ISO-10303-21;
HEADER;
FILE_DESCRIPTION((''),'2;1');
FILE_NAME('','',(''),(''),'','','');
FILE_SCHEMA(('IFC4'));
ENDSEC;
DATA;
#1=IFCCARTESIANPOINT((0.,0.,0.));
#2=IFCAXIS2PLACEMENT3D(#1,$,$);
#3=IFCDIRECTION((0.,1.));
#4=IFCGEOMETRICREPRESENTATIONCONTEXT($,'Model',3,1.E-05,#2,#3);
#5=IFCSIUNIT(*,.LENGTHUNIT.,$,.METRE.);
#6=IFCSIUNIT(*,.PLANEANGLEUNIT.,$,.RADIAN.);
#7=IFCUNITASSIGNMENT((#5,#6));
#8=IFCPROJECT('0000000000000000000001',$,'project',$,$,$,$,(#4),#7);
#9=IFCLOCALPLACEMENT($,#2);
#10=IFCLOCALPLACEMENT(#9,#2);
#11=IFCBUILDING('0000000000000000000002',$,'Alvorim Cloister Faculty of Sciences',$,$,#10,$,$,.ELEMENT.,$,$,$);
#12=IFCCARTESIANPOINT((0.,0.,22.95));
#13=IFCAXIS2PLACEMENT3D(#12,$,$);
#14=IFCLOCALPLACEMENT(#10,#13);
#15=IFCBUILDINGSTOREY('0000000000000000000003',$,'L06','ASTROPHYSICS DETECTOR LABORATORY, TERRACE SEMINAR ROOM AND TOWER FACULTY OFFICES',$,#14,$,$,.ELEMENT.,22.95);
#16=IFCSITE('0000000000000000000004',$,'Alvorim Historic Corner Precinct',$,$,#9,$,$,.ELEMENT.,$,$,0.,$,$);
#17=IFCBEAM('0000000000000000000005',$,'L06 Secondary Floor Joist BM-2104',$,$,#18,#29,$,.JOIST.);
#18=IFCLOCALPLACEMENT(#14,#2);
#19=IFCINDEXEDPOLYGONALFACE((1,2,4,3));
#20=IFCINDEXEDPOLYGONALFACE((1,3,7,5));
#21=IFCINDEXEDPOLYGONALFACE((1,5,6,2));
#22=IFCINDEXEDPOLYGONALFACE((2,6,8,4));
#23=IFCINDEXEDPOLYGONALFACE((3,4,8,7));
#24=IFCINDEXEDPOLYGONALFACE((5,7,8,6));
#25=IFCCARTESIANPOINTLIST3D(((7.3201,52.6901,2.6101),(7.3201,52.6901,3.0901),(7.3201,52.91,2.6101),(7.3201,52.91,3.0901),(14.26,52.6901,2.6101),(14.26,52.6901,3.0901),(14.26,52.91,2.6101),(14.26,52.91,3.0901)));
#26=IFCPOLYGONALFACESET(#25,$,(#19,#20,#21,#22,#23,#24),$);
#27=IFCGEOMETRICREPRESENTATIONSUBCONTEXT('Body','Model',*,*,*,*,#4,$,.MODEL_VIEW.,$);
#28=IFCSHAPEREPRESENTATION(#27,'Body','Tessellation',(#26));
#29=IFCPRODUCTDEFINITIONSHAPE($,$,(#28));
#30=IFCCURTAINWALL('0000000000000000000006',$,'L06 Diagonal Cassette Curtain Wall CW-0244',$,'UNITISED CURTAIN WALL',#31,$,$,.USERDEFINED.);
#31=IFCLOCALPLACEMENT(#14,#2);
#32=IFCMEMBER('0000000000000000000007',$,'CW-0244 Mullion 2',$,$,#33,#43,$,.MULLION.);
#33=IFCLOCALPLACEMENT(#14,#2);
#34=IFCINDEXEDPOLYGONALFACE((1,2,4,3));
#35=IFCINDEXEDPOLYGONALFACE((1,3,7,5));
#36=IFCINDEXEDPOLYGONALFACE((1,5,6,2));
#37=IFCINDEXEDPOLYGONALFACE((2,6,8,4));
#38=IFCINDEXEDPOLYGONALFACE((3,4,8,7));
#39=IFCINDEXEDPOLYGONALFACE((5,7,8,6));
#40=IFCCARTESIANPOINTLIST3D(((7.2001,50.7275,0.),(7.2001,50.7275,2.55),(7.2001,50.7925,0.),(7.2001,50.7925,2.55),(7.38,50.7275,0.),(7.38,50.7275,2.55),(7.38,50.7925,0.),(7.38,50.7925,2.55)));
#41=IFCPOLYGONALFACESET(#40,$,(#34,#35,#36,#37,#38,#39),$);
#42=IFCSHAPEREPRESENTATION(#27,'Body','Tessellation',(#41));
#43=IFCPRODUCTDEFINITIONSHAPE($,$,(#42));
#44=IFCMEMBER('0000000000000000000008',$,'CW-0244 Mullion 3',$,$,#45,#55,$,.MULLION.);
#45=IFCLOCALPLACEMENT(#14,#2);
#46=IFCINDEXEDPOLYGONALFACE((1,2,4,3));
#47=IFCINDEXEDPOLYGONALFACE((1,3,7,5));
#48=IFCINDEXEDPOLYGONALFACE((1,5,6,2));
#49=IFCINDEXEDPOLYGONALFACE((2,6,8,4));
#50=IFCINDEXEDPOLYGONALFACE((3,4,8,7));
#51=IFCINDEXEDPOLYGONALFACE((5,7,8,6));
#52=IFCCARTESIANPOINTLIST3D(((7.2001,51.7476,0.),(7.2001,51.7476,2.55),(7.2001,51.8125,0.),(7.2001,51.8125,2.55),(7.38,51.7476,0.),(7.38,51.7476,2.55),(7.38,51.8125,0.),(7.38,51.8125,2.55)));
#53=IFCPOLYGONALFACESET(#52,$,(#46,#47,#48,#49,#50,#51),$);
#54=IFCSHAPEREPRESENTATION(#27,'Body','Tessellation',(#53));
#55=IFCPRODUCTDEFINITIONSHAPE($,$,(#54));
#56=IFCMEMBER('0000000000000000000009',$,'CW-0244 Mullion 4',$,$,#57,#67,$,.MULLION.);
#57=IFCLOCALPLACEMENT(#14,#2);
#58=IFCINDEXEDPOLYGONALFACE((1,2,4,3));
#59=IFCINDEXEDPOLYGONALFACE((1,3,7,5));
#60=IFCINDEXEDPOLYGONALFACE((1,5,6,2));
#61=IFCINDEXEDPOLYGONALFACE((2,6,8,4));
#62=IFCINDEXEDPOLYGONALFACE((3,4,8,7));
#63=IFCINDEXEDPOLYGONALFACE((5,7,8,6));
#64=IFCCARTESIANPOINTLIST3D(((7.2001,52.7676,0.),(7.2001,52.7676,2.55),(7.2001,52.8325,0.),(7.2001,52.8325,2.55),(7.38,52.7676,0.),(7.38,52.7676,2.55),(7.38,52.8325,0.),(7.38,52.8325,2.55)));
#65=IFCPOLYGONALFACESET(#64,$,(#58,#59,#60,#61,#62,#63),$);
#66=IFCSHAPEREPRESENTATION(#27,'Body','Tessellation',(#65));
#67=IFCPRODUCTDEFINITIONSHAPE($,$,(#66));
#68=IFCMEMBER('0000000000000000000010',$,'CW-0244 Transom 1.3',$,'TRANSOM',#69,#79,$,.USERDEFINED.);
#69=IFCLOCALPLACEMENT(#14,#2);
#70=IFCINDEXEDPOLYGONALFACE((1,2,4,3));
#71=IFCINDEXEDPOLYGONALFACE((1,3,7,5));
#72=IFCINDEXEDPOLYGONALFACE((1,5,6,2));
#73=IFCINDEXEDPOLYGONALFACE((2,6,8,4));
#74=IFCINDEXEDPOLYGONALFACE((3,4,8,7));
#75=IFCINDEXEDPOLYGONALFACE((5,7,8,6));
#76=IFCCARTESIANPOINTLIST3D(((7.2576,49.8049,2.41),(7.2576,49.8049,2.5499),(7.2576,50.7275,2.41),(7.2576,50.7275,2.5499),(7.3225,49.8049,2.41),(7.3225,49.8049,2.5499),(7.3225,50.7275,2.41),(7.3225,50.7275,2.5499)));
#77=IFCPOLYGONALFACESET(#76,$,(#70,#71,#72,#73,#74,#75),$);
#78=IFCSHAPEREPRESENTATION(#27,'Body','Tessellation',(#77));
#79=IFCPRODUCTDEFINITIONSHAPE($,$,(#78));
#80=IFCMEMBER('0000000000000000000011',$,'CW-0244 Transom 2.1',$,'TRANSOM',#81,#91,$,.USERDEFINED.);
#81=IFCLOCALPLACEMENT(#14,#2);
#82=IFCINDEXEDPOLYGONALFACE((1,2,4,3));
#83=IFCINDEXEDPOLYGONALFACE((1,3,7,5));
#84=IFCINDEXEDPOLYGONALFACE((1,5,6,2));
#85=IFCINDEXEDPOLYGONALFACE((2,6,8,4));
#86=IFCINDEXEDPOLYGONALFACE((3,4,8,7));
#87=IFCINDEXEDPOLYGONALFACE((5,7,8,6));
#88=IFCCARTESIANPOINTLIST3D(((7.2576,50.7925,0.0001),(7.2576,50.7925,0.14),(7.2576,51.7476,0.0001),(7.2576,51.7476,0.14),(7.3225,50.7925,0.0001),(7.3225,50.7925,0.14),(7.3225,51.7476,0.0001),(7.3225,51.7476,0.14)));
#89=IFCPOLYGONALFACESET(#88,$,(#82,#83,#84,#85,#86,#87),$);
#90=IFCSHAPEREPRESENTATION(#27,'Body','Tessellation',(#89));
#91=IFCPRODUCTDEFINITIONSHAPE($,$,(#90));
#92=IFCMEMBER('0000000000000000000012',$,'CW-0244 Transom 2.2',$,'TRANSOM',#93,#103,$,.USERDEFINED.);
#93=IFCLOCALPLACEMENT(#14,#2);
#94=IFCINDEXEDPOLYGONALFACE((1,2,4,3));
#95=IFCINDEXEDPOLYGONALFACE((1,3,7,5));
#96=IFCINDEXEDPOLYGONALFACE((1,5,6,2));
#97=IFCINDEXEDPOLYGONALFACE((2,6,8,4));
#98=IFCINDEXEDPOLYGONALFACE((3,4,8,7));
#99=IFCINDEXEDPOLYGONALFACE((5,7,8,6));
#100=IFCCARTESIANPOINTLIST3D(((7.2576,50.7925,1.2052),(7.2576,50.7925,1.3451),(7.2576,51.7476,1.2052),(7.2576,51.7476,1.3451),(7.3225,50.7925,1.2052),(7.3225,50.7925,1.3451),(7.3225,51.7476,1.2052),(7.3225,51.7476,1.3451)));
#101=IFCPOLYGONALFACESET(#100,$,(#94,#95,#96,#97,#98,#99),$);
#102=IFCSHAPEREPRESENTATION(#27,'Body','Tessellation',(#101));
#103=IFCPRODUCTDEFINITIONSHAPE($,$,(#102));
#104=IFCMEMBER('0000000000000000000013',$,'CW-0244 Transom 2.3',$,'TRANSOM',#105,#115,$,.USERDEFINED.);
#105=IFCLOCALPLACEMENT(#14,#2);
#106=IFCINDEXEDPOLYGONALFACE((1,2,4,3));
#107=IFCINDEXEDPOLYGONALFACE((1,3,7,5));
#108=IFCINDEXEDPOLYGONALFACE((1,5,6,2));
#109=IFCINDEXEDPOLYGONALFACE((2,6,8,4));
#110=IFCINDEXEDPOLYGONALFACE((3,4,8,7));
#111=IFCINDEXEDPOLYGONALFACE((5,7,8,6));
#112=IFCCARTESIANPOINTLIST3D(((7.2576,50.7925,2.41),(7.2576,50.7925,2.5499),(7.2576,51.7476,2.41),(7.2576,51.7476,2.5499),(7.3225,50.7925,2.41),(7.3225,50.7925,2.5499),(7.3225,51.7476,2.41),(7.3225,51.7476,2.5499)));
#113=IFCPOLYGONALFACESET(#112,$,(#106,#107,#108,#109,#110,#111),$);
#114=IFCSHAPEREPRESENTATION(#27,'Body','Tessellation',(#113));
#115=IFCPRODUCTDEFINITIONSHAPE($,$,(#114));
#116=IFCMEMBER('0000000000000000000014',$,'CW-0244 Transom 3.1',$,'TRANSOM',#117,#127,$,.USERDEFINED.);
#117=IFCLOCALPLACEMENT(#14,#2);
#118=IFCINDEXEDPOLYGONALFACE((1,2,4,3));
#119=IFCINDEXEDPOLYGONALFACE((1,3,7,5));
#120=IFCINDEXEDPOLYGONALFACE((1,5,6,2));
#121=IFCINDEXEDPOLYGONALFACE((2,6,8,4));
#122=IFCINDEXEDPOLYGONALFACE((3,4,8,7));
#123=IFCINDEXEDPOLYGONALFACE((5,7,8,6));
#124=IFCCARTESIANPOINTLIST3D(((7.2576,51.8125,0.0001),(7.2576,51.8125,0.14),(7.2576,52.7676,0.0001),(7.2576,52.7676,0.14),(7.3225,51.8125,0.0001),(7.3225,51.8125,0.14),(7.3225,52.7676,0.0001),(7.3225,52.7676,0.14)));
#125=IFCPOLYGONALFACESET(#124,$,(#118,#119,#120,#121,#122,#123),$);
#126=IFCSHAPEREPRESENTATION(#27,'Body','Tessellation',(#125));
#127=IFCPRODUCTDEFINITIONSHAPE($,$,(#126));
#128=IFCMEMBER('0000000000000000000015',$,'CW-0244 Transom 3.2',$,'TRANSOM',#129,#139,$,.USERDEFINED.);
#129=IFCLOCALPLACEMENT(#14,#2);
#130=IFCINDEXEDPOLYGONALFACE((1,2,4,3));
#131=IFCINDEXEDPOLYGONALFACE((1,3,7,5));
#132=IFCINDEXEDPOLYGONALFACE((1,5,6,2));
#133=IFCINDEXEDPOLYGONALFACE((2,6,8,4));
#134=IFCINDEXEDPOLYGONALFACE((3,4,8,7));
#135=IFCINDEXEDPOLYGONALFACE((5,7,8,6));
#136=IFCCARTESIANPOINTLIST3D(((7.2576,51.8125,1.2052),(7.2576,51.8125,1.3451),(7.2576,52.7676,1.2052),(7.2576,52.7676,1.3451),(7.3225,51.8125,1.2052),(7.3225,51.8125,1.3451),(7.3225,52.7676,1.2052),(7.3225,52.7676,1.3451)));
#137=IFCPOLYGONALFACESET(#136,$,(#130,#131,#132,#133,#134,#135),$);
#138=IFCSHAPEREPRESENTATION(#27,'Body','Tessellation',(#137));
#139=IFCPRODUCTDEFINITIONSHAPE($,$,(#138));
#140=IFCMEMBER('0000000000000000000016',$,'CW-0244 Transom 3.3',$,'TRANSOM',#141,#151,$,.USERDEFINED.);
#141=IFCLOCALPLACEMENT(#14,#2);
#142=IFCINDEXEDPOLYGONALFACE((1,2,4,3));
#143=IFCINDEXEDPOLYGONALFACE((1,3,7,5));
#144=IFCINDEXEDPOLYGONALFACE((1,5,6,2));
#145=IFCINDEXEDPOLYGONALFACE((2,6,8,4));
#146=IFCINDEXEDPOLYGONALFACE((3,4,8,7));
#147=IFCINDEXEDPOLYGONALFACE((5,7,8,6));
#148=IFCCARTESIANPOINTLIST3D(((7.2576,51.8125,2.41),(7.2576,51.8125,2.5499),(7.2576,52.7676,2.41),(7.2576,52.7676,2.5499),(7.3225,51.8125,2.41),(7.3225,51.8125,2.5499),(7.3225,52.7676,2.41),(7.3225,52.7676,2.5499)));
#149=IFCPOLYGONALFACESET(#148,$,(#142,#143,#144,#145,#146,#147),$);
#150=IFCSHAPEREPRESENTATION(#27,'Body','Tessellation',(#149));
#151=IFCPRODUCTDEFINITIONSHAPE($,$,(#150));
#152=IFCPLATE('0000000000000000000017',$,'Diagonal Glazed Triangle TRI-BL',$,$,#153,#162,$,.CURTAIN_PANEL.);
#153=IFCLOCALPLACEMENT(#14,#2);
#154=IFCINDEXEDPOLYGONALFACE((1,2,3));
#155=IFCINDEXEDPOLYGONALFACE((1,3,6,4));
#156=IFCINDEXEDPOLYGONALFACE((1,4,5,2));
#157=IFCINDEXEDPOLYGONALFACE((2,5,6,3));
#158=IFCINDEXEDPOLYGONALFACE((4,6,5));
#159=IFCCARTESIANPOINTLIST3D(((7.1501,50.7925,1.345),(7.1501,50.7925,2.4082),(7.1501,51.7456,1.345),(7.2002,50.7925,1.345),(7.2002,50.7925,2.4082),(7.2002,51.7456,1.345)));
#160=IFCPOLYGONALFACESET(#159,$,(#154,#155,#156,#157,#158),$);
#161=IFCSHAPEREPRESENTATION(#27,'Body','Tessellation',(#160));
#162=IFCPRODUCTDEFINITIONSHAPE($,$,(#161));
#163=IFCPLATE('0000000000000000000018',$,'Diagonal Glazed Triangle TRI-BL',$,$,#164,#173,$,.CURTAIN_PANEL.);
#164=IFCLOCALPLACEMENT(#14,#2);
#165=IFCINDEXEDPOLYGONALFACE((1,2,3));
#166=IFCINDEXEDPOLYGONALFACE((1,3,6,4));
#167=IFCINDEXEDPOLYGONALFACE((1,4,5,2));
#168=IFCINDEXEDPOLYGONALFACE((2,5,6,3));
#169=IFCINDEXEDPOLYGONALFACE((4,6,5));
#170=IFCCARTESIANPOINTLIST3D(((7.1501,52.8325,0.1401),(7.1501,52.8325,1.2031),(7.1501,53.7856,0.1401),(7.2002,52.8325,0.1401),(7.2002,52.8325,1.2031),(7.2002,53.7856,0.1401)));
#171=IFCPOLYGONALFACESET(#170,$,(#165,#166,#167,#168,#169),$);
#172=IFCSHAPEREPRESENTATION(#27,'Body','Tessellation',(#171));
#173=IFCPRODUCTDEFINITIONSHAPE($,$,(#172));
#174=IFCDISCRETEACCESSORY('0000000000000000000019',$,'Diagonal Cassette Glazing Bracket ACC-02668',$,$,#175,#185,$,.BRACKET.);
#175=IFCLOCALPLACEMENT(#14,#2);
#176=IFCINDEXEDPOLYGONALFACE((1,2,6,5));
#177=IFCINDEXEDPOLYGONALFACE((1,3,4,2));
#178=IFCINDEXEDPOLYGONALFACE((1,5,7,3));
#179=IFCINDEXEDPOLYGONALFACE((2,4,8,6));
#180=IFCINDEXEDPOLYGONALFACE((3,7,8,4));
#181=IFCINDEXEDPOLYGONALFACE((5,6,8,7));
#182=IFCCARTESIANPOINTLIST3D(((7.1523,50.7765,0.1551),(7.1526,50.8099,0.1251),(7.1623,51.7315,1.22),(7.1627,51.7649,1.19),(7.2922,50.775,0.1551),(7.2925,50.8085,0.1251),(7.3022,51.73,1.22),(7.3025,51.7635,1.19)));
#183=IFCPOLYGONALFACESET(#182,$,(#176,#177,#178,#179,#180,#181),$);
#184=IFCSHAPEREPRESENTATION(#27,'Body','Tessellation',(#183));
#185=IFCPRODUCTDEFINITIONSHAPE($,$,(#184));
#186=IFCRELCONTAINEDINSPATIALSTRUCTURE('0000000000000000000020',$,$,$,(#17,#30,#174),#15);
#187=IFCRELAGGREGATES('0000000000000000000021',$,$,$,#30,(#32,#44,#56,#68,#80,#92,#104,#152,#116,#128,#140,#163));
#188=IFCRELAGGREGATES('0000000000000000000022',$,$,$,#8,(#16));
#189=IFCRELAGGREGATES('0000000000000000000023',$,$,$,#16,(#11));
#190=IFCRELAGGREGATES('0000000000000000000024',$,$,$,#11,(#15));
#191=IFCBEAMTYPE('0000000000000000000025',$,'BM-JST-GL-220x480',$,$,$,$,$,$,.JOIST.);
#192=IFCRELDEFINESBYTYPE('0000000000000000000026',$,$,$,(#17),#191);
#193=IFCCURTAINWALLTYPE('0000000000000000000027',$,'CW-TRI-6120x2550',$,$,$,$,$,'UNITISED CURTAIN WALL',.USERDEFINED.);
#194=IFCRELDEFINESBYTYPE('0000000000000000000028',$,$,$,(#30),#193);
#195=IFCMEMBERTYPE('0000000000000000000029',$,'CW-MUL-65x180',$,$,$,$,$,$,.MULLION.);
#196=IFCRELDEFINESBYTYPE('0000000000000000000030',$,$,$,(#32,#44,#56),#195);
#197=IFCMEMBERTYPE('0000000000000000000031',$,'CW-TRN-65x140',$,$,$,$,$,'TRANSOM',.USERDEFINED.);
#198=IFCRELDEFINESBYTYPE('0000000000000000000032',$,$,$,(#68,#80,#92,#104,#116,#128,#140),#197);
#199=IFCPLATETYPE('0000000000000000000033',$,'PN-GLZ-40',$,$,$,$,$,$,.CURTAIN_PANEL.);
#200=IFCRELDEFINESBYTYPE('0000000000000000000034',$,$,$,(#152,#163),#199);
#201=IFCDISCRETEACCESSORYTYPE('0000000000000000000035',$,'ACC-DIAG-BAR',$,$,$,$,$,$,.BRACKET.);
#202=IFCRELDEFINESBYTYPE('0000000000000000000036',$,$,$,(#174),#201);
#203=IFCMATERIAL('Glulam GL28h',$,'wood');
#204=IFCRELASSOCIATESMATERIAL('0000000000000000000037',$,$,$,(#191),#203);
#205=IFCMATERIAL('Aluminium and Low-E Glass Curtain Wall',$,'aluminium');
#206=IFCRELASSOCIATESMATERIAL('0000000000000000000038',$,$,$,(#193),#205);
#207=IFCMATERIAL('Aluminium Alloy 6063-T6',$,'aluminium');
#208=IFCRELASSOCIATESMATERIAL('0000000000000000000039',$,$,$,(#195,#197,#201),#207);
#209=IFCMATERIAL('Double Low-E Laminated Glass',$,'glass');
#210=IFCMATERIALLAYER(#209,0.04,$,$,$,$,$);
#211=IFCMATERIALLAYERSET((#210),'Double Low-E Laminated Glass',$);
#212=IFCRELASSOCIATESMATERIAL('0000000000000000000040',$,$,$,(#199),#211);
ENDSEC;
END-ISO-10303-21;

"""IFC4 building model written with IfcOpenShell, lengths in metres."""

from ifc_helpers import new_model, si_unit, direction, frame, origin, origin_2d, place, context, subcontext, project, spatial, polyline, rectangle, outline, extrude, material, layer, layer_set, material_profile, profile_set, type_object, element, aggregate, save


model = new_model("IFC4")

# Units and contexts
model_context = context("Model", 3, precision=1e-05, world=origin(), true_north=direction((0.0, 1.0)))
body_context = subcontext(model_context, "Body", "Model", "MODEL_VIEW")
ifc_project = project(units=[si_unit("LENGTHUNIT", "METRE"), si_unit("PLANEANGLEUNIT", "RADIAN")], contexts=[model_context])

# Site, building, storey
site_placement = place(None, origin())
site = spatial("IfcSite", under=ifc_project, at=site_placement, Name="Alvorim Historic Corner Precinct", CompositionType="ELEMENT", RefElevation=0.0)
building_placement = place(site_placement, origin())
building = spatial("IfcBuilding", under=site, at=building_placement, Name="Alvorim Cloister Faculty of Sciences", CompositionType="ELEMENT")
storey_placement = place(building_placement, frame((0.0, 0.0, 22.95)))
storey = spatial("IfcBuildingStorey", under=building, at=storey_placement, Name="L06", Description="ASTROPHYSICS DETECTOR LABORATORY, TERRACE SEMINAR ROOM AND TOWER FACULTY OFFICES", CompositionType="ELEMENT", Elevation=22.95)

# Beam
ifc_material_1 = material(Name="Glulam GL28h", Category="wood")
ifc_material_profile_1 = material_profile(ifc_material_1, rectangle(XDim=0.22, YDim=0.48, at=origin_2d()), Name="GL28-JST-220x480")
ifc_profile_set_1 = profile_set([ifc_material_profile_1], Name="Glulam GL28h")
beam_type = type_object("IfcBeamType", Name="BM-JST-GL-220x480", PredefinedType="JOIST", material=ifc_profile_set_1)
beam_placement = place(storey_placement, frame((7.3201, 52.8, 2.8501), z_axis=(1.0, 0.0, 0.0), x_axis=(0.0, 1.0, 0.0)))
element("IfcBeam", 1, at=beam_placement, inside=storey, type_object=beam_type, Name="L06 Secondary Floor Joist BM-2104", PredefinedType="JOIST", context=body_context, shape_type="SweptSolid", body=[
    extrude(rectangle(XDim=0.22, YDim=0.48, at=origin_2d()), origin(), (0.0, 0.0, 1.0), 6.9399),
])

# Curtain wall, members, plates
ifc_material_2 = material(Name="Aluminium and Low-E Glass Curtain Wall", Category="aluminium")
curtain_wall_type = type_object("IfcCurtainWallType", Name="CW-TRI-6120x2550", ElementType="UNITISED CURTAIN WALL", PredefinedType="USERDEFINED", material=ifc_material_2)
curtain_wall_placement = place(storey_placement, origin())
curtain_wall = element("IfcCurtainWall", 2, at=curtain_wall_placement, inside=storey, type_object=curtain_wall_type, Name="L06 Diagonal Cassette Curtain Wall CW-0244", ObjectType="UNITISED CURTAIN WALL", PredefinedType="USERDEFINED")
ifc_material_3 = material(Name="Aluminium Alloy 6063-T6", Category="aluminium")
ifc_material_profile_2 = material_profile(ifc_material_3, rectangle(XDim=0.0649, YDim=0.1799, at=origin_2d()), Name="ALU-MUL-65x180")
ifc_profile_set_2 = profile_set([ifc_material_profile_2], Name="Aluminium Alloy 6063-T6")
member_type_1 = type_object("IfcMemberType", Name="CW-MUL-65x180", PredefinedType="MULLION", material=ifc_profile_set_2)
member_1_placement = place(storey_placement, frame((7.29, 50.76, 0.0), z_axis=(0.0, 0.0, 1.0), x_axis=(0.0, 1.0, 0.0)))
member_1 = element("IfcMember", 3, at=member_1_placement, type_object=member_type_1, Name="CW-0244 Mullion 2", PredefinedType="MULLION", context=body_context, shape_type="SweptSolid", body=[
    extrude(rectangle(XDim=0.0649, YDim=0.1799, at=origin_2d()), origin(), (0.0, 0.0, 1.0), 2.55),
])
member_2_placement = place(storey_placement, frame((7.29, 51.78, 0.0), z_axis=(0.0, 0.0, 1.0), x_axis=(0.0, 1.0, 0.0)))
member_2 = element("IfcMember", 4, at=member_2_placement, type_object=member_type_1, Name="CW-0244 Mullion 3", PredefinedType="MULLION", context=body_context, shape_type="SweptSolid", body=[
    extrude(rectangle(XDim=0.0649, YDim=0.1799, at=origin_2d()), origin(), (0.0, 0.0, 1.0), 2.55),
])
member_3_placement = place(storey_placement, frame((7.29, 52.8, 0.0), z_axis=(0.0, 0.0, 1.0), x_axis=(0.0, 1.0, 0.0)))
member_3 = element("IfcMember", 5, at=member_3_placement, type_object=member_type_1, Name="CW-0244 Mullion 4", PredefinedType="MULLION", context=body_context, shape_type="SweptSolid", body=[
    extrude(rectangle(XDim=0.0649, YDim=0.1799, at=origin_2d()), origin(), (0.0, 0.0, 1.0), 2.55),
])
ifc_material_profile_3 = material_profile(ifc_material_3, rectangle(XDim=0.0649, YDim=0.1399, at=origin_2d()), Name="ALU-TRN-65x140")
ifc_profile_set_3 = profile_set([ifc_material_profile_3], Name="Aluminium Alloy 6063-T6")
member_type_2 = type_object("IfcMemberType", Name="CW-TRN-65x140", ElementType="TRANSOM", PredefinedType="USERDEFINED", material=ifc_profile_set_3)
member_4_placement = place(storey_placement, frame((7.29, 49.8049, 2.48), z_axis=(0.0, 1.0, 0.0), x_axis=(-1.0, 0.0, 0.0)))
member_4 = element("IfcMember", 6, at=member_4_placement, type_object=member_type_2, Name="CW-0244 Transom 1.3", ObjectType="TRANSOM", PredefinedType="USERDEFINED", context=body_context, shape_type="SweptSolid", body=[
    extrude(rectangle(XDim=0.0649, YDim=0.1399, at=origin_2d()), origin(), (0.0, 0.0, 1.0), 0.9226),
])
member_5_placement = place(storey_placement, frame((7.29, 50.7925, 0.0701), z_axis=(0.0, 1.0, 0.0), x_axis=(-1.0, 0.0, 0.0)))
member_5 = element("IfcMember", 7, at=member_5_placement, type_object=member_type_2, Name="CW-0244 Transom 2.1", ObjectType="TRANSOM", PredefinedType="USERDEFINED", context=body_context, shape_type="SweptSolid", body=[
    extrude(rectangle(XDim=0.0649, YDim=0.1399, at=origin_2d()), origin(), (0.0, 0.0, 1.0), 0.9551),
])
member_6_placement = place(storey_placement, frame((7.29, 50.7925, 1.2751), z_axis=(0.0, 1.0, 0.0), x_axis=(-1.0, 0.0, 0.0)))
member_6 = element("IfcMember", 8, at=member_6_placement, type_object=member_type_2, Name="CW-0244 Transom 2.2", ObjectType="TRANSOM", PredefinedType="USERDEFINED", context=body_context, shape_type="SweptSolid", body=[
    extrude(rectangle(XDim=0.0649, YDim=0.1399, at=origin_2d()), origin(), (0.0, 0.0, 1.0), 0.9551),
])
member_7_placement = place(storey_placement, frame((7.29, 50.7925, 2.48), z_axis=(0.0, 1.0, 0.0), x_axis=(-1.0, 0.0, 0.0)))
member_7 = element("IfcMember", 9, at=member_7_placement, type_object=member_type_2, Name="CW-0244 Transom 2.3", ObjectType="TRANSOM", PredefinedType="USERDEFINED", context=body_context, shape_type="SweptSolid", body=[
    extrude(rectangle(XDim=0.0649, YDim=0.1399, at=origin_2d()), origin(), (0.0, 0.0, 1.0), 0.9551),
])
member_8_placement = place(storey_placement, frame((7.29, 51.8125, 0.0701), z_axis=(0.0, 1.0, 0.0), x_axis=(-1.0, 0.0, 0.0)))
member_8 = element("IfcMember", 10, at=member_8_placement, type_object=member_type_2, Name="CW-0244 Transom 3.1", ObjectType="TRANSOM", PredefinedType="USERDEFINED", context=body_context, shape_type="SweptSolid", body=[
    extrude(rectangle(XDim=0.0649, YDim=0.1399, at=origin_2d()), origin(), (0.0, 0.0, 1.0), 0.9551),
])
member_9_placement = place(storey_placement, frame((7.29, 51.8125, 1.2751), z_axis=(0.0, 1.0, 0.0), x_axis=(-1.0, 0.0, 0.0)))
member_9 = element("IfcMember", 11, at=member_9_placement, type_object=member_type_2, Name="CW-0244 Transom 3.2", ObjectType="TRANSOM", PredefinedType="USERDEFINED", context=body_context, shape_type="SweptSolid", body=[
    extrude(rectangle(XDim=0.0649, YDim=0.1399, at=origin_2d()), origin(), (0.0, 0.0, 1.0), 0.9551),
])
member_10_placement = place(storey_placement, frame((7.29, 51.8125, 2.48), z_axis=(0.0, 1.0, 0.0), x_axis=(-1.0, 0.0, 0.0)))
member_10 = element("IfcMember", 12, at=member_10_placement, type_object=member_type_2, Name="CW-0244 Transom 3.3", ObjectType="TRANSOM", PredefinedType="USERDEFINED", context=body_context, shape_type="SweptSolid", body=[
    extrude(rectangle(XDim=0.0649, YDim=0.1399, at=origin_2d()), origin(), (0.0, 0.0, 1.0), 0.9551),
])
ifc_material_4 = material(Name="Double Low-E Laminated Glass", Category="glass")
ifc_layer = layer(ifc_material_4, 0.04)
ifc_layer_set = layer_set([ifc_layer], Name="Double Low-E Laminated Glass")
plate_type = type_object("IfcPlateType", Name="PN-GLZ-40", PredefinedType="CURTAIN_PANEL", material=ifc_layer_set)
plate_1_placement = place(storey_placement, frame((7.175, 50.7925, 1.345), z_axis=(0.0, 0.0, 1.0), x_axis=(0.0, 1.0, 0.0)))
plate_1 = element("IfcPlate", 13, at=plate_1_placement, type_object=plate_type, Name="Diagonal Glazed Triangle TRI-BL", PredefinedType="CURTAIN_PANEL", context=body_context, shape_type="SweptSolid", body=[
    extrude(outline(polyline([(0.0, 0.0), (0.9531, 0.0), (0.0, 1.0632), (0.0, 0.0)])), frame((0.0, 0.0249, 0.0), z_axis=(0.0, -1.0, 0.0), x_axis=(1.0, 0.0, 0.0)), (0.0, 0.0, 1.0), 0.05),
])
plate_2_placement = place(storey_placement, frame((7.175, 52.8325, 0.1401), z_axis=(0.0, 0.0, 1.0), x_axis=(0.0, 1.0, 0.0)))
plate_2 = element("IfcPlate", 14, at=plate_2_placement, type_object=plate_type, Name="Diagonal Glazed Triangle TRI-BL", PredefinedType="CURTAIN_PANEL", context=body_context, shape_type="SweptSolid", body=[
    extrude(outline(polyline([(0.0, 0.0), (0.9531, 0.0), (0.0, 1.063), (0.0, 0.0)])), frame((0.0, 0.0249, 0.0), z_axis=(0.0, -1.0, 0.0), x_axis=(1.0, 0.0, 0.0)), (0.0, 0.0, 1.0), 0.05),
])
aggregate(curtain_wall, [member_1, member_2, member_3, member_4, member_5, member_6, member_7, plate_1, member_8, member_9, member_10, plate_2])

# Discrete accessory
discrete_accessory_type = type_object("IfcDiscreteAccessoryType", Name="ACC-DIAG-BAR", PredefinedType="BRACKET", material=ifc_material_3)
discrete_accessory_1_placement = place(storey_placement, frame((7.2224, 50.7925, 0.1401), z_axis=(0.006997, 0.667646, 0.744446), x_axis=(-0.999945, 0.01048, 0.0)))
element("IfcDiscreteAccessory", 15, at=discrete_accessory_1_placement, inside=storey, type_object=discrete_accessory_type, Name="Diagonal Cassette Glazing Bracket ACC-02668", PredefinedType="BRACKET", context=body_context, shape_type="SweptSolid", body=[
    extrude(rectangle(XDim=0.1399, YDim=0.0449, at=origin_2d()), origin(), (0.0, 0.0, 1.0), 1.4304),
])

save(model, "model.ifc")
